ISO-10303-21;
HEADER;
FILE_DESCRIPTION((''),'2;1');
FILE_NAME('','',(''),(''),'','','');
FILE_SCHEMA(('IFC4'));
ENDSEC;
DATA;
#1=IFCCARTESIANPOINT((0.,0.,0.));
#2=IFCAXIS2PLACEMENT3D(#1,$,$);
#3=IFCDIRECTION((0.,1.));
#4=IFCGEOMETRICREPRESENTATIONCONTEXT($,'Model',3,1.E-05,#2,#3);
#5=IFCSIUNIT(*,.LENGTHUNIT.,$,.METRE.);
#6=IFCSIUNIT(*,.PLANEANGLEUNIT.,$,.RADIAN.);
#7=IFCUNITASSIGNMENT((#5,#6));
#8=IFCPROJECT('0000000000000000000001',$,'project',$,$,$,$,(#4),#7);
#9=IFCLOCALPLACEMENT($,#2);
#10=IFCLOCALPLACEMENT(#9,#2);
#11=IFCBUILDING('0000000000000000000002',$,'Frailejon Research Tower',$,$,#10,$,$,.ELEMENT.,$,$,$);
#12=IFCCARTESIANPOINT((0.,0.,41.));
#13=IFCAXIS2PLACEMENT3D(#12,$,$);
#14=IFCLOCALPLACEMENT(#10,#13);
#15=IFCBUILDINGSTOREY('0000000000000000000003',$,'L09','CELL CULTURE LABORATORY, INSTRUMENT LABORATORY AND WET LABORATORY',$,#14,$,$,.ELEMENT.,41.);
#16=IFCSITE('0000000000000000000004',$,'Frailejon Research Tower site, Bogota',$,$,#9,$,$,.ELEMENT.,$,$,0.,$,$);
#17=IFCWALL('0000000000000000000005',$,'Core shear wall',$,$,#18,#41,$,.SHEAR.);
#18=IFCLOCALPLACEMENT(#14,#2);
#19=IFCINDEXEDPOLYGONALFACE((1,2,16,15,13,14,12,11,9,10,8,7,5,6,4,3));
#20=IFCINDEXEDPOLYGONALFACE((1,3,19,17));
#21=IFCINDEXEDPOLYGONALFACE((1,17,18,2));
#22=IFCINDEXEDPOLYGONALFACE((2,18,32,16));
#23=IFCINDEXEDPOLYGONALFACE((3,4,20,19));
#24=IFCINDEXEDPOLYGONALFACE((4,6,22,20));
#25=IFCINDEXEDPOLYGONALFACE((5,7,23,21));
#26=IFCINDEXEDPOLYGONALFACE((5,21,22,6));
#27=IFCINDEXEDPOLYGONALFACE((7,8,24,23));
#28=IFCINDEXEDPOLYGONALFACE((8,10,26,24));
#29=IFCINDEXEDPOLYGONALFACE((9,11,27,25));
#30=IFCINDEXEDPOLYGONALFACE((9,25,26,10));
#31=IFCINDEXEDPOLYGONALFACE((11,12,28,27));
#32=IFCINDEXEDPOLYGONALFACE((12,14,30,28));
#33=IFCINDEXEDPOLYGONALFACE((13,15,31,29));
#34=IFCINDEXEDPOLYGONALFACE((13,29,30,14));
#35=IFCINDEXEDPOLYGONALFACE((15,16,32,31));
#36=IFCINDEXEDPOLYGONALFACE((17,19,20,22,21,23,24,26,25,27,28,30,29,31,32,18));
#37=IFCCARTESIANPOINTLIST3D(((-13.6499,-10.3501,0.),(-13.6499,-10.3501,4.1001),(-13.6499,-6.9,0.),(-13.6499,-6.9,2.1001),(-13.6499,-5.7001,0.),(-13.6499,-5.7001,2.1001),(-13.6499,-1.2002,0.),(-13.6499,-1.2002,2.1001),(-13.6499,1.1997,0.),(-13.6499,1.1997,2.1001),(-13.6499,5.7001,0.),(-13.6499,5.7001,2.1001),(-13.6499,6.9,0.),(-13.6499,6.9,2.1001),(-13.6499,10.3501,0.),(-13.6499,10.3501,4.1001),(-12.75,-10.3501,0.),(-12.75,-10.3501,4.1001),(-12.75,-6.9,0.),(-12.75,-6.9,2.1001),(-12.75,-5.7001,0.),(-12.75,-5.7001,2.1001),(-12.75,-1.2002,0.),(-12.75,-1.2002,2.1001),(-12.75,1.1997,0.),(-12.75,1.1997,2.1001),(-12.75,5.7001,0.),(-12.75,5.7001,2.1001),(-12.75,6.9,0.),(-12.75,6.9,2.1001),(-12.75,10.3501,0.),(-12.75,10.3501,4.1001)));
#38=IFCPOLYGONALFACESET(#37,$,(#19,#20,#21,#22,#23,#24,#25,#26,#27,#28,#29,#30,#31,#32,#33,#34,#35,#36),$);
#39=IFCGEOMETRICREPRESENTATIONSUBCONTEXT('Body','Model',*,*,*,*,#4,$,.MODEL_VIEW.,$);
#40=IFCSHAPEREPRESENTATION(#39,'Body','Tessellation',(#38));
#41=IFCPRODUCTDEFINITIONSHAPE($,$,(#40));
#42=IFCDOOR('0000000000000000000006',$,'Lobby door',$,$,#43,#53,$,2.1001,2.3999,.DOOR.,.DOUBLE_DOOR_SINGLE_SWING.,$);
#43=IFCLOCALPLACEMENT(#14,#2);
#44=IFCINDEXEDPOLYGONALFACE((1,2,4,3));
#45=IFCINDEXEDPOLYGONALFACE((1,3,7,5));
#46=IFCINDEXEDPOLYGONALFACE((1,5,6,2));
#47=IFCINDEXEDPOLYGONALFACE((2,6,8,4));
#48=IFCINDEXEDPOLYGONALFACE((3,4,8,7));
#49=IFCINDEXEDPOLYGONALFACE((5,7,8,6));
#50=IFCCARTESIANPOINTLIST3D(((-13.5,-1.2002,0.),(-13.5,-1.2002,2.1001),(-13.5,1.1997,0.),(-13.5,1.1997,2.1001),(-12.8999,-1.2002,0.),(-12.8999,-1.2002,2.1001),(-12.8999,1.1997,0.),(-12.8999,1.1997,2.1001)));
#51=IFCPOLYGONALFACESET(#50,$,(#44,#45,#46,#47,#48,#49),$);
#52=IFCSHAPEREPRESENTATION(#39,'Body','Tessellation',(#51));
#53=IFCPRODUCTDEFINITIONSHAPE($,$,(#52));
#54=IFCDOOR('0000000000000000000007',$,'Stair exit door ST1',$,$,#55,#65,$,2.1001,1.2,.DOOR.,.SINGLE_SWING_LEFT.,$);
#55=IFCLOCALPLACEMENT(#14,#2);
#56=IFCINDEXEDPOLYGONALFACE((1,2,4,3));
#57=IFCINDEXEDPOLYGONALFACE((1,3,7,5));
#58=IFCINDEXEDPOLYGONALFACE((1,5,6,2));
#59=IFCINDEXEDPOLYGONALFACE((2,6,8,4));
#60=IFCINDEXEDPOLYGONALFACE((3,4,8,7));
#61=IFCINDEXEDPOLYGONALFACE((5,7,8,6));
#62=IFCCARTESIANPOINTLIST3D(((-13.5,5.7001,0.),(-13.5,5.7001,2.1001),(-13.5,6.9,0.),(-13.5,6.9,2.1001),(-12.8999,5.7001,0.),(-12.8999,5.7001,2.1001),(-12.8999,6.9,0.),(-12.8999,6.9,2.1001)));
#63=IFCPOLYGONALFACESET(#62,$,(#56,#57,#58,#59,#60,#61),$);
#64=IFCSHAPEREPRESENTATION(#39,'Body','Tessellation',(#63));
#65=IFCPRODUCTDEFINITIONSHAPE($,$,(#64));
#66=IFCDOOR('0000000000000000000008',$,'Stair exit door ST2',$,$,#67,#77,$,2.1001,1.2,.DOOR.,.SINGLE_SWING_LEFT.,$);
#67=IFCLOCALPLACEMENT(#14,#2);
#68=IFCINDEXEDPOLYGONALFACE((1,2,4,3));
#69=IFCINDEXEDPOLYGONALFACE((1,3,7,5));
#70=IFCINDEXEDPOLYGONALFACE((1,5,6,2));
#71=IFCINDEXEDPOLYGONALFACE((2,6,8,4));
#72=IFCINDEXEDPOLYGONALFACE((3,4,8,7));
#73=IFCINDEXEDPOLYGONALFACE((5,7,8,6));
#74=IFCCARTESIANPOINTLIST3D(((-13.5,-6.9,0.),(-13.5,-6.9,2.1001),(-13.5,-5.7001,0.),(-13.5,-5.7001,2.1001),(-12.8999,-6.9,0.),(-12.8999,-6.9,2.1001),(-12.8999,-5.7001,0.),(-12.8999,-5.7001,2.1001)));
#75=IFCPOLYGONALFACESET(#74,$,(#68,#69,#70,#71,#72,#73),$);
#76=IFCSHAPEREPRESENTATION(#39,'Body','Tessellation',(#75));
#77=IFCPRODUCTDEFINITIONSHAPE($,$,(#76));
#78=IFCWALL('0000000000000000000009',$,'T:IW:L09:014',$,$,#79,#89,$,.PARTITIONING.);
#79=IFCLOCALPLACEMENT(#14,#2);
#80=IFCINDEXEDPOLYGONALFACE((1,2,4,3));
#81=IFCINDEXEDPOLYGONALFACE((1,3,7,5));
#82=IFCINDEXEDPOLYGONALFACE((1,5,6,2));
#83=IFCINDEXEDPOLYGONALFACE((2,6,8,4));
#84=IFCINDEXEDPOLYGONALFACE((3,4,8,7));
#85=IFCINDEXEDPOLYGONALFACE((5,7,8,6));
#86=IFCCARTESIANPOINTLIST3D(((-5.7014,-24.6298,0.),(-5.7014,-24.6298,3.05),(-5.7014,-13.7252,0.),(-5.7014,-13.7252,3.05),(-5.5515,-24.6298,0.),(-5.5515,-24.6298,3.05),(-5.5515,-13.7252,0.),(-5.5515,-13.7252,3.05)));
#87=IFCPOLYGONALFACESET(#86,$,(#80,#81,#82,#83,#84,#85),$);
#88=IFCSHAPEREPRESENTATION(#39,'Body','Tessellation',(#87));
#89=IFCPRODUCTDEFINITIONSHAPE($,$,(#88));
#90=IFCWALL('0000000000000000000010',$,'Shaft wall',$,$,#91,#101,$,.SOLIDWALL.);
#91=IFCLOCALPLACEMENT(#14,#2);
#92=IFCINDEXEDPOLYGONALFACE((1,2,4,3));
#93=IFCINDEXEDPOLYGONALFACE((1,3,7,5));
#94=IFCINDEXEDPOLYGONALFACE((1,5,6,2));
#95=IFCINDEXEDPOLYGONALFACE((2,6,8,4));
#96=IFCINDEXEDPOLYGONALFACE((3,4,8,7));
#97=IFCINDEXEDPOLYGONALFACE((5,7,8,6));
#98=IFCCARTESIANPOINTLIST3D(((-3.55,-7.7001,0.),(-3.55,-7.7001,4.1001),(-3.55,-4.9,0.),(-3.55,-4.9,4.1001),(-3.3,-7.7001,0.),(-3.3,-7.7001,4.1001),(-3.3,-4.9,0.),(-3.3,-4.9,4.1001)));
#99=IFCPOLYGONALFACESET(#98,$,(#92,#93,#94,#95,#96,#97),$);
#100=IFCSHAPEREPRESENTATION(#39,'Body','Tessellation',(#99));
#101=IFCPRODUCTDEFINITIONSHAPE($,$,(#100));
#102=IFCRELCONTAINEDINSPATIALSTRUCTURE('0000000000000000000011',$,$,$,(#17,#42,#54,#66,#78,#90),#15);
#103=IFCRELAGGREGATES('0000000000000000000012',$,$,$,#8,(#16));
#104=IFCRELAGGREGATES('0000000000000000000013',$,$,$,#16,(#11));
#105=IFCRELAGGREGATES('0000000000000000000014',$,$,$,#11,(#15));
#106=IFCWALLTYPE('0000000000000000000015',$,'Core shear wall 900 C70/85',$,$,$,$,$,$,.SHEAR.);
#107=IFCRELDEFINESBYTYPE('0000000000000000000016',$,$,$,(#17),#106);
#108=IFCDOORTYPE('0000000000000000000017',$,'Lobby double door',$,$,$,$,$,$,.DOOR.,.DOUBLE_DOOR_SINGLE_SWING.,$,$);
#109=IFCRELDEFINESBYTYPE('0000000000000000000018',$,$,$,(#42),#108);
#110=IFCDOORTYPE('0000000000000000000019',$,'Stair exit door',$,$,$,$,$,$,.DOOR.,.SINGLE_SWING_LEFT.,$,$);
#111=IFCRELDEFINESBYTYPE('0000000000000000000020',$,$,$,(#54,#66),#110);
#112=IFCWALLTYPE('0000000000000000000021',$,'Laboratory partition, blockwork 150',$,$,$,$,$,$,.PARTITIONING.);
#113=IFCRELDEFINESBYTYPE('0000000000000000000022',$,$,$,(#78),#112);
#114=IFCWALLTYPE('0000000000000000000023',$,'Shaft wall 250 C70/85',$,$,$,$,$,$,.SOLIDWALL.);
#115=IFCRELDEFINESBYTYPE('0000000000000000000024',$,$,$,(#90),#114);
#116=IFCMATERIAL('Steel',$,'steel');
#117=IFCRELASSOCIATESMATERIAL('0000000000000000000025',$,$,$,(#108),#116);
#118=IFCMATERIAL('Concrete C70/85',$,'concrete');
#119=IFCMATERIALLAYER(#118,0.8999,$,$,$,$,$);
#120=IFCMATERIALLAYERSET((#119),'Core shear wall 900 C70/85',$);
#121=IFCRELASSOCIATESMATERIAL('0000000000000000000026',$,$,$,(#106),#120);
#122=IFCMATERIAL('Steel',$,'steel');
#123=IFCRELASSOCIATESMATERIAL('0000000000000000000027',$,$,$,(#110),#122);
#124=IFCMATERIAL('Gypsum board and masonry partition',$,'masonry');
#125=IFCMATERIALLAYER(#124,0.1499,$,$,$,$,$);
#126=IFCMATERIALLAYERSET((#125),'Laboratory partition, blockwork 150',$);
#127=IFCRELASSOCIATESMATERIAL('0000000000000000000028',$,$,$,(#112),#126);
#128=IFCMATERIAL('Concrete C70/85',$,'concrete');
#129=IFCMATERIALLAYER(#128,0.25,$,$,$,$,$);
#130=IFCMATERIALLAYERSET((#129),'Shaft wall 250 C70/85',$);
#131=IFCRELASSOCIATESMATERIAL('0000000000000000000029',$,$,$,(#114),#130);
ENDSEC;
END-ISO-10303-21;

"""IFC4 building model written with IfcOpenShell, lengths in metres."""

from ifc_helpers import new_model, si_unit, direction, frame, frame_2d, origin, place, context, subcontext, project, spatial, rectangle, extrude, material, layer, layer_set, type_object, element, fill, save


model = new_model("IFC4")

# Units and contexts
model_context = context("Model", 3, precision=1e-05, world=origin(), true_north=direction((0.0, 1.0)))
body_context = subcontext(model_context, "Body", "Model", "MODEL_VIEW")
ifc_project = project(units=[si_unit("LENGTHUNIT", "METRE"), si_unit("PLANEANGLEUNIT", "RADIAN")], contexts=[model_context])

# Site, building, storey
site_placement = place(None, origin())
site = spatial("IfcSite", under=ifc_project, at=site_placement, Name="Frailejon Research Tower site, Bogota", CompositionType="ELEMENT", RefElevation=0.0)
building_placement = place(site_placement, origin())
building = spatial("IfcBuilding", under=site, at=building_placement, Name="Frailejon Research Tower", CompositionType="ELEMENT")
storey_placement = place(building_placement, frame((0.0, 0.0, 41.0)))
storey = spatial("IfcBuildingStorey", under=building, at=storey_placement, Name="L09", Description="CELL CULTURE LABORATORY, INSTRUMENT LABORATORY AND WET LABORATORY", CompositionType="ELEMENT", Elevation=41.0)

# Shared definitions
ifc_material_1 = material(Name="Steel", Category="steel")
door_type_1 = type_object("IfcDoorType", Name="Lobby double door", OperationType="DOUBLE_DOOR_SINGLE_SWING", PredefinedType="DOOR", material=ifc_material_1)

# Wall, openings, doors
ifc_material_2 = material(Name="Concrete C70/85", Category="concrete")
ifc_layer_1 = layer(ifc_material_2, 0.8999)
ifc_layer_set_1 = layer_set([ifc_layer_1], Name="Core shear wall 900 C70/85")
wall_type_1 = type_object("IfcWallType", Name="Core shear wall 900 C70/85", PredefinedType="SHEAR", material=ifc_layer_set_1)
wall_1_placement = place(storey_placement, frame((-13.2, -10.3501, 0.0), z_axis=(0.0, 0.0, 1.0), x_axis=(0.0, 1.0, 0.0)))
wall_1 = element("IfcWall", 1, at=wall_1_placement, inside=storey, type_object=wall_type_1, Name="Core shear wall", PredefinedType="SHEAR", context=body_context, shape_type="SweptSolid", body=[
    extrude(rectangle(XDim=20.7002, YDim=0.8999, at=frame_2d((10.3501, 0.0))), origin(), (0.0, 0.0, 1.0), 4.1001),
])
opening_1_placement = place(wall_1_placement, frame((9.1499, 0.0, 0.0)))
opening_1 = element("IfcOpeningElement", 2, at=opening_1_placement, cuts=wall_1, PredefinedType="OPENING", context=body_context, shape_type="SweptSolid", body=[
    extrude(rectangle(XDim=2.3999, YDim=2.1001, at=frame_2d((1.2, 1.05))), frame((0.0, 0.46, 0.0), z_axis=(0.0, -1.0, 0.0), x_axis=(1.0, 0.0, 0.0)), (0.0, 0.0, 1.0), 0.9199),
])
opening_2_placement = place(wall_1_placement, frame((16.05, 0.0, 0.0)))
opening_2 = element("IfcOpeningElement", 3, at=opening_2_placement, cuts=wall_1, PredefinedType="OPENING", context=body_context, shape_type="SweptSolid", body=[
    extrude(rectangle(XDim=1.2, YDim=2.1001, at=frame_2d((0.6001, 1.05))), frame((0.0, 0.46, 0.0), z_axis=(0.0, -1.0, 0.0), x_axis=(1.0, 0.0, 0.0)), (0.0, 0.0, 1.0), 0.9199),
])
opening_3_placement = place(wall_1_placement, frame((3.45, 0.0, 0.0)))
opening_3 = element("IfcOpeningElement", 4, at=opening_3_placement, cuts=wall_1, PredefinedType="OPENING", context=body_context, shape_type="SweptSolid", body=[
    extrude(rectangle(XDim=1.2, YDim=2.1001, at=frame_2d((0.6001, 1.05))), frame((0.0, 0.46, 0.0), z_axis=(0.0, -1.0, 0.0), x_axis=(1.0, 0.0, 0.0)), (0.0, 0.0, 1.0), 0.9199),
])
door_1_placement = place(opening_1_placement, origin())
door_1 = element("IfcDoor", 5, at=door_1_placement, inside=storey, type_object=door_type_1, Name="Lobby door", OperationType="DOUBLE_DOOR_SINGLE_SWING", OverallHeight=2.1001, OverallWidth=2.3999, PredefinedType="DOOR", context=body_context, shape_type="SweptSolid", body=[
    extrude(rectangle(XDim=2.3999, YDim=2.1001, at=frame_2d((1.2, 1.05))), frame((0.0, 0.3, 0.0), z_axis=(0.0, -1.0, 0.0), x_axis=(1.0, 0.0, 0.0)), (0.0, 0.0, 1.0), 0.6001),
])
fill(opening_1, door_1)
ifc_material_3 = material(Name="Steel", Category="steel")
door_type_2 = type_object("IfcDoorType", Name="Stair exit door", OperationType="SINGLE_SWING_LEFT", PredefinedType="DOOR", material=ifc_material_3)
door_2_placement = place(opening_2_placement, origin())
door_2 = element("IfcDoor", 6, at=door_2_placement, inside=storey, type_object=door_type_2, Name="Stair exit door ST1", OperationType="SINGLE_SWING_LEFT", OverallHeight=2.1001, OverallWidth=1.2, PredefinedType="DOOR", context=body_context, shape_type="SweptSolid", body=[
    extrude(rectangle(XDim=1.2, YDim=2.1001, at=frame_2d((0.6001, 1.05))), frame((0.0, 0.3, 0.0), z_axis=(0.0, -1.0, 0.0), x_axis=(1.0, 0.0, 0.0)), (0.0, 0.0, 1.0), 0.6001),
])
fill(opening_2, door_2)
door_3_placement = place(opening_3_placement, origin())
door_3 = element("IfcDoor", 7, at=door_3_placement, inside=storey, type_object=door_type_2, Name="Stair exit door ST2", OperationType="SINGLE_SWING_LEFT", OverallHeight=2.1001, OverallWidth=1.2, PredefinedType="DOOR", context=body_context, shape_type="SweptSolid", body=[
    extrude(rectangle(XDim=1.2, YDim=2.1001, at=frame_2d((0.6001, 1.05))), frame((0.0, 0.3, 0.0), z_axis=(0.0, -1.0, 0.0), x_axis=(1.0, 0.0, 0.0)), (0.0, 0.0, 1.0), 0.6001),
])
fill(opening_3, door_3)

# Walls
ifc_material_4 = material(Name="Gypsum board and masonry partition", Category="masonry")
ifc_layer_2 = layer(ifc_material_4, 0.1499)
ifc_layer_set_2 = layer_set([ifc_layer_2], Name="Laboratory partition, blockwork 150")
wall_type_2 = type_object("IfcWallType", Name="Laboratory partition, blockwork 150", PredefinedType="PARTITIONING", material=ifc_layer_set_2)
wall_2_placement = place(storey_placement, frame((-5.6265, -24.6296, 0.0), z_axis=(0.0, 0.0, 1.0), x_axis=(0.0, 1.0, 0.0)))
element("IfcWall", 8, at=wall_2_placement, inside=storey, type_object=wall_type_2, Name="T:IW:L09:014", PredefinedType="PARTITIONING", context=body_context, shape_type="SweptSolid", body=[
    extrude(rectangle(XDim=10.9045, YDim=0.1499, at=frame_2d((5.4521, 0.0))), origin(), (0.0, 0.0, 1.0), 3.05),
])
ifc_material_5 = material(Name="Concrete C70/85", Category="concrete")
ifc_layer_3 = layer(ifc_material_5, 0.25)
ifc_layer_set_3 = layer_set([ifc_layer_3], Name="Shaft wall 250 C70/85")
wall_type_3 = type_object("IfcWallType", Name="Shaft wall 250 C70/85", PredefinedType="SOLIDWALL", material=ifc_layer_set_3)
wall_3_placement = place(storey_placement, frame((-3.425, -7.7, 0.0), z_axis=(0.0, 0.0, 1.0), x_axis=(0.0, 1.0, 0.0)))
element("IfcWall", 9, at=wall_3_placement, inside=storey, type_object=wall_type_3, Name="Shaft wall", PredefinedType="SOLIDWALL", context=body_context, shape_type="SweptSolid", body=[
    extrude(rectangle(XDim=2.8, YDim=0.25, at=frame_2d((1.3999, 0.0))), origin(), (0.0, 0.0, 1.0), 4.1001),
])

save(model, "model.ifc")
